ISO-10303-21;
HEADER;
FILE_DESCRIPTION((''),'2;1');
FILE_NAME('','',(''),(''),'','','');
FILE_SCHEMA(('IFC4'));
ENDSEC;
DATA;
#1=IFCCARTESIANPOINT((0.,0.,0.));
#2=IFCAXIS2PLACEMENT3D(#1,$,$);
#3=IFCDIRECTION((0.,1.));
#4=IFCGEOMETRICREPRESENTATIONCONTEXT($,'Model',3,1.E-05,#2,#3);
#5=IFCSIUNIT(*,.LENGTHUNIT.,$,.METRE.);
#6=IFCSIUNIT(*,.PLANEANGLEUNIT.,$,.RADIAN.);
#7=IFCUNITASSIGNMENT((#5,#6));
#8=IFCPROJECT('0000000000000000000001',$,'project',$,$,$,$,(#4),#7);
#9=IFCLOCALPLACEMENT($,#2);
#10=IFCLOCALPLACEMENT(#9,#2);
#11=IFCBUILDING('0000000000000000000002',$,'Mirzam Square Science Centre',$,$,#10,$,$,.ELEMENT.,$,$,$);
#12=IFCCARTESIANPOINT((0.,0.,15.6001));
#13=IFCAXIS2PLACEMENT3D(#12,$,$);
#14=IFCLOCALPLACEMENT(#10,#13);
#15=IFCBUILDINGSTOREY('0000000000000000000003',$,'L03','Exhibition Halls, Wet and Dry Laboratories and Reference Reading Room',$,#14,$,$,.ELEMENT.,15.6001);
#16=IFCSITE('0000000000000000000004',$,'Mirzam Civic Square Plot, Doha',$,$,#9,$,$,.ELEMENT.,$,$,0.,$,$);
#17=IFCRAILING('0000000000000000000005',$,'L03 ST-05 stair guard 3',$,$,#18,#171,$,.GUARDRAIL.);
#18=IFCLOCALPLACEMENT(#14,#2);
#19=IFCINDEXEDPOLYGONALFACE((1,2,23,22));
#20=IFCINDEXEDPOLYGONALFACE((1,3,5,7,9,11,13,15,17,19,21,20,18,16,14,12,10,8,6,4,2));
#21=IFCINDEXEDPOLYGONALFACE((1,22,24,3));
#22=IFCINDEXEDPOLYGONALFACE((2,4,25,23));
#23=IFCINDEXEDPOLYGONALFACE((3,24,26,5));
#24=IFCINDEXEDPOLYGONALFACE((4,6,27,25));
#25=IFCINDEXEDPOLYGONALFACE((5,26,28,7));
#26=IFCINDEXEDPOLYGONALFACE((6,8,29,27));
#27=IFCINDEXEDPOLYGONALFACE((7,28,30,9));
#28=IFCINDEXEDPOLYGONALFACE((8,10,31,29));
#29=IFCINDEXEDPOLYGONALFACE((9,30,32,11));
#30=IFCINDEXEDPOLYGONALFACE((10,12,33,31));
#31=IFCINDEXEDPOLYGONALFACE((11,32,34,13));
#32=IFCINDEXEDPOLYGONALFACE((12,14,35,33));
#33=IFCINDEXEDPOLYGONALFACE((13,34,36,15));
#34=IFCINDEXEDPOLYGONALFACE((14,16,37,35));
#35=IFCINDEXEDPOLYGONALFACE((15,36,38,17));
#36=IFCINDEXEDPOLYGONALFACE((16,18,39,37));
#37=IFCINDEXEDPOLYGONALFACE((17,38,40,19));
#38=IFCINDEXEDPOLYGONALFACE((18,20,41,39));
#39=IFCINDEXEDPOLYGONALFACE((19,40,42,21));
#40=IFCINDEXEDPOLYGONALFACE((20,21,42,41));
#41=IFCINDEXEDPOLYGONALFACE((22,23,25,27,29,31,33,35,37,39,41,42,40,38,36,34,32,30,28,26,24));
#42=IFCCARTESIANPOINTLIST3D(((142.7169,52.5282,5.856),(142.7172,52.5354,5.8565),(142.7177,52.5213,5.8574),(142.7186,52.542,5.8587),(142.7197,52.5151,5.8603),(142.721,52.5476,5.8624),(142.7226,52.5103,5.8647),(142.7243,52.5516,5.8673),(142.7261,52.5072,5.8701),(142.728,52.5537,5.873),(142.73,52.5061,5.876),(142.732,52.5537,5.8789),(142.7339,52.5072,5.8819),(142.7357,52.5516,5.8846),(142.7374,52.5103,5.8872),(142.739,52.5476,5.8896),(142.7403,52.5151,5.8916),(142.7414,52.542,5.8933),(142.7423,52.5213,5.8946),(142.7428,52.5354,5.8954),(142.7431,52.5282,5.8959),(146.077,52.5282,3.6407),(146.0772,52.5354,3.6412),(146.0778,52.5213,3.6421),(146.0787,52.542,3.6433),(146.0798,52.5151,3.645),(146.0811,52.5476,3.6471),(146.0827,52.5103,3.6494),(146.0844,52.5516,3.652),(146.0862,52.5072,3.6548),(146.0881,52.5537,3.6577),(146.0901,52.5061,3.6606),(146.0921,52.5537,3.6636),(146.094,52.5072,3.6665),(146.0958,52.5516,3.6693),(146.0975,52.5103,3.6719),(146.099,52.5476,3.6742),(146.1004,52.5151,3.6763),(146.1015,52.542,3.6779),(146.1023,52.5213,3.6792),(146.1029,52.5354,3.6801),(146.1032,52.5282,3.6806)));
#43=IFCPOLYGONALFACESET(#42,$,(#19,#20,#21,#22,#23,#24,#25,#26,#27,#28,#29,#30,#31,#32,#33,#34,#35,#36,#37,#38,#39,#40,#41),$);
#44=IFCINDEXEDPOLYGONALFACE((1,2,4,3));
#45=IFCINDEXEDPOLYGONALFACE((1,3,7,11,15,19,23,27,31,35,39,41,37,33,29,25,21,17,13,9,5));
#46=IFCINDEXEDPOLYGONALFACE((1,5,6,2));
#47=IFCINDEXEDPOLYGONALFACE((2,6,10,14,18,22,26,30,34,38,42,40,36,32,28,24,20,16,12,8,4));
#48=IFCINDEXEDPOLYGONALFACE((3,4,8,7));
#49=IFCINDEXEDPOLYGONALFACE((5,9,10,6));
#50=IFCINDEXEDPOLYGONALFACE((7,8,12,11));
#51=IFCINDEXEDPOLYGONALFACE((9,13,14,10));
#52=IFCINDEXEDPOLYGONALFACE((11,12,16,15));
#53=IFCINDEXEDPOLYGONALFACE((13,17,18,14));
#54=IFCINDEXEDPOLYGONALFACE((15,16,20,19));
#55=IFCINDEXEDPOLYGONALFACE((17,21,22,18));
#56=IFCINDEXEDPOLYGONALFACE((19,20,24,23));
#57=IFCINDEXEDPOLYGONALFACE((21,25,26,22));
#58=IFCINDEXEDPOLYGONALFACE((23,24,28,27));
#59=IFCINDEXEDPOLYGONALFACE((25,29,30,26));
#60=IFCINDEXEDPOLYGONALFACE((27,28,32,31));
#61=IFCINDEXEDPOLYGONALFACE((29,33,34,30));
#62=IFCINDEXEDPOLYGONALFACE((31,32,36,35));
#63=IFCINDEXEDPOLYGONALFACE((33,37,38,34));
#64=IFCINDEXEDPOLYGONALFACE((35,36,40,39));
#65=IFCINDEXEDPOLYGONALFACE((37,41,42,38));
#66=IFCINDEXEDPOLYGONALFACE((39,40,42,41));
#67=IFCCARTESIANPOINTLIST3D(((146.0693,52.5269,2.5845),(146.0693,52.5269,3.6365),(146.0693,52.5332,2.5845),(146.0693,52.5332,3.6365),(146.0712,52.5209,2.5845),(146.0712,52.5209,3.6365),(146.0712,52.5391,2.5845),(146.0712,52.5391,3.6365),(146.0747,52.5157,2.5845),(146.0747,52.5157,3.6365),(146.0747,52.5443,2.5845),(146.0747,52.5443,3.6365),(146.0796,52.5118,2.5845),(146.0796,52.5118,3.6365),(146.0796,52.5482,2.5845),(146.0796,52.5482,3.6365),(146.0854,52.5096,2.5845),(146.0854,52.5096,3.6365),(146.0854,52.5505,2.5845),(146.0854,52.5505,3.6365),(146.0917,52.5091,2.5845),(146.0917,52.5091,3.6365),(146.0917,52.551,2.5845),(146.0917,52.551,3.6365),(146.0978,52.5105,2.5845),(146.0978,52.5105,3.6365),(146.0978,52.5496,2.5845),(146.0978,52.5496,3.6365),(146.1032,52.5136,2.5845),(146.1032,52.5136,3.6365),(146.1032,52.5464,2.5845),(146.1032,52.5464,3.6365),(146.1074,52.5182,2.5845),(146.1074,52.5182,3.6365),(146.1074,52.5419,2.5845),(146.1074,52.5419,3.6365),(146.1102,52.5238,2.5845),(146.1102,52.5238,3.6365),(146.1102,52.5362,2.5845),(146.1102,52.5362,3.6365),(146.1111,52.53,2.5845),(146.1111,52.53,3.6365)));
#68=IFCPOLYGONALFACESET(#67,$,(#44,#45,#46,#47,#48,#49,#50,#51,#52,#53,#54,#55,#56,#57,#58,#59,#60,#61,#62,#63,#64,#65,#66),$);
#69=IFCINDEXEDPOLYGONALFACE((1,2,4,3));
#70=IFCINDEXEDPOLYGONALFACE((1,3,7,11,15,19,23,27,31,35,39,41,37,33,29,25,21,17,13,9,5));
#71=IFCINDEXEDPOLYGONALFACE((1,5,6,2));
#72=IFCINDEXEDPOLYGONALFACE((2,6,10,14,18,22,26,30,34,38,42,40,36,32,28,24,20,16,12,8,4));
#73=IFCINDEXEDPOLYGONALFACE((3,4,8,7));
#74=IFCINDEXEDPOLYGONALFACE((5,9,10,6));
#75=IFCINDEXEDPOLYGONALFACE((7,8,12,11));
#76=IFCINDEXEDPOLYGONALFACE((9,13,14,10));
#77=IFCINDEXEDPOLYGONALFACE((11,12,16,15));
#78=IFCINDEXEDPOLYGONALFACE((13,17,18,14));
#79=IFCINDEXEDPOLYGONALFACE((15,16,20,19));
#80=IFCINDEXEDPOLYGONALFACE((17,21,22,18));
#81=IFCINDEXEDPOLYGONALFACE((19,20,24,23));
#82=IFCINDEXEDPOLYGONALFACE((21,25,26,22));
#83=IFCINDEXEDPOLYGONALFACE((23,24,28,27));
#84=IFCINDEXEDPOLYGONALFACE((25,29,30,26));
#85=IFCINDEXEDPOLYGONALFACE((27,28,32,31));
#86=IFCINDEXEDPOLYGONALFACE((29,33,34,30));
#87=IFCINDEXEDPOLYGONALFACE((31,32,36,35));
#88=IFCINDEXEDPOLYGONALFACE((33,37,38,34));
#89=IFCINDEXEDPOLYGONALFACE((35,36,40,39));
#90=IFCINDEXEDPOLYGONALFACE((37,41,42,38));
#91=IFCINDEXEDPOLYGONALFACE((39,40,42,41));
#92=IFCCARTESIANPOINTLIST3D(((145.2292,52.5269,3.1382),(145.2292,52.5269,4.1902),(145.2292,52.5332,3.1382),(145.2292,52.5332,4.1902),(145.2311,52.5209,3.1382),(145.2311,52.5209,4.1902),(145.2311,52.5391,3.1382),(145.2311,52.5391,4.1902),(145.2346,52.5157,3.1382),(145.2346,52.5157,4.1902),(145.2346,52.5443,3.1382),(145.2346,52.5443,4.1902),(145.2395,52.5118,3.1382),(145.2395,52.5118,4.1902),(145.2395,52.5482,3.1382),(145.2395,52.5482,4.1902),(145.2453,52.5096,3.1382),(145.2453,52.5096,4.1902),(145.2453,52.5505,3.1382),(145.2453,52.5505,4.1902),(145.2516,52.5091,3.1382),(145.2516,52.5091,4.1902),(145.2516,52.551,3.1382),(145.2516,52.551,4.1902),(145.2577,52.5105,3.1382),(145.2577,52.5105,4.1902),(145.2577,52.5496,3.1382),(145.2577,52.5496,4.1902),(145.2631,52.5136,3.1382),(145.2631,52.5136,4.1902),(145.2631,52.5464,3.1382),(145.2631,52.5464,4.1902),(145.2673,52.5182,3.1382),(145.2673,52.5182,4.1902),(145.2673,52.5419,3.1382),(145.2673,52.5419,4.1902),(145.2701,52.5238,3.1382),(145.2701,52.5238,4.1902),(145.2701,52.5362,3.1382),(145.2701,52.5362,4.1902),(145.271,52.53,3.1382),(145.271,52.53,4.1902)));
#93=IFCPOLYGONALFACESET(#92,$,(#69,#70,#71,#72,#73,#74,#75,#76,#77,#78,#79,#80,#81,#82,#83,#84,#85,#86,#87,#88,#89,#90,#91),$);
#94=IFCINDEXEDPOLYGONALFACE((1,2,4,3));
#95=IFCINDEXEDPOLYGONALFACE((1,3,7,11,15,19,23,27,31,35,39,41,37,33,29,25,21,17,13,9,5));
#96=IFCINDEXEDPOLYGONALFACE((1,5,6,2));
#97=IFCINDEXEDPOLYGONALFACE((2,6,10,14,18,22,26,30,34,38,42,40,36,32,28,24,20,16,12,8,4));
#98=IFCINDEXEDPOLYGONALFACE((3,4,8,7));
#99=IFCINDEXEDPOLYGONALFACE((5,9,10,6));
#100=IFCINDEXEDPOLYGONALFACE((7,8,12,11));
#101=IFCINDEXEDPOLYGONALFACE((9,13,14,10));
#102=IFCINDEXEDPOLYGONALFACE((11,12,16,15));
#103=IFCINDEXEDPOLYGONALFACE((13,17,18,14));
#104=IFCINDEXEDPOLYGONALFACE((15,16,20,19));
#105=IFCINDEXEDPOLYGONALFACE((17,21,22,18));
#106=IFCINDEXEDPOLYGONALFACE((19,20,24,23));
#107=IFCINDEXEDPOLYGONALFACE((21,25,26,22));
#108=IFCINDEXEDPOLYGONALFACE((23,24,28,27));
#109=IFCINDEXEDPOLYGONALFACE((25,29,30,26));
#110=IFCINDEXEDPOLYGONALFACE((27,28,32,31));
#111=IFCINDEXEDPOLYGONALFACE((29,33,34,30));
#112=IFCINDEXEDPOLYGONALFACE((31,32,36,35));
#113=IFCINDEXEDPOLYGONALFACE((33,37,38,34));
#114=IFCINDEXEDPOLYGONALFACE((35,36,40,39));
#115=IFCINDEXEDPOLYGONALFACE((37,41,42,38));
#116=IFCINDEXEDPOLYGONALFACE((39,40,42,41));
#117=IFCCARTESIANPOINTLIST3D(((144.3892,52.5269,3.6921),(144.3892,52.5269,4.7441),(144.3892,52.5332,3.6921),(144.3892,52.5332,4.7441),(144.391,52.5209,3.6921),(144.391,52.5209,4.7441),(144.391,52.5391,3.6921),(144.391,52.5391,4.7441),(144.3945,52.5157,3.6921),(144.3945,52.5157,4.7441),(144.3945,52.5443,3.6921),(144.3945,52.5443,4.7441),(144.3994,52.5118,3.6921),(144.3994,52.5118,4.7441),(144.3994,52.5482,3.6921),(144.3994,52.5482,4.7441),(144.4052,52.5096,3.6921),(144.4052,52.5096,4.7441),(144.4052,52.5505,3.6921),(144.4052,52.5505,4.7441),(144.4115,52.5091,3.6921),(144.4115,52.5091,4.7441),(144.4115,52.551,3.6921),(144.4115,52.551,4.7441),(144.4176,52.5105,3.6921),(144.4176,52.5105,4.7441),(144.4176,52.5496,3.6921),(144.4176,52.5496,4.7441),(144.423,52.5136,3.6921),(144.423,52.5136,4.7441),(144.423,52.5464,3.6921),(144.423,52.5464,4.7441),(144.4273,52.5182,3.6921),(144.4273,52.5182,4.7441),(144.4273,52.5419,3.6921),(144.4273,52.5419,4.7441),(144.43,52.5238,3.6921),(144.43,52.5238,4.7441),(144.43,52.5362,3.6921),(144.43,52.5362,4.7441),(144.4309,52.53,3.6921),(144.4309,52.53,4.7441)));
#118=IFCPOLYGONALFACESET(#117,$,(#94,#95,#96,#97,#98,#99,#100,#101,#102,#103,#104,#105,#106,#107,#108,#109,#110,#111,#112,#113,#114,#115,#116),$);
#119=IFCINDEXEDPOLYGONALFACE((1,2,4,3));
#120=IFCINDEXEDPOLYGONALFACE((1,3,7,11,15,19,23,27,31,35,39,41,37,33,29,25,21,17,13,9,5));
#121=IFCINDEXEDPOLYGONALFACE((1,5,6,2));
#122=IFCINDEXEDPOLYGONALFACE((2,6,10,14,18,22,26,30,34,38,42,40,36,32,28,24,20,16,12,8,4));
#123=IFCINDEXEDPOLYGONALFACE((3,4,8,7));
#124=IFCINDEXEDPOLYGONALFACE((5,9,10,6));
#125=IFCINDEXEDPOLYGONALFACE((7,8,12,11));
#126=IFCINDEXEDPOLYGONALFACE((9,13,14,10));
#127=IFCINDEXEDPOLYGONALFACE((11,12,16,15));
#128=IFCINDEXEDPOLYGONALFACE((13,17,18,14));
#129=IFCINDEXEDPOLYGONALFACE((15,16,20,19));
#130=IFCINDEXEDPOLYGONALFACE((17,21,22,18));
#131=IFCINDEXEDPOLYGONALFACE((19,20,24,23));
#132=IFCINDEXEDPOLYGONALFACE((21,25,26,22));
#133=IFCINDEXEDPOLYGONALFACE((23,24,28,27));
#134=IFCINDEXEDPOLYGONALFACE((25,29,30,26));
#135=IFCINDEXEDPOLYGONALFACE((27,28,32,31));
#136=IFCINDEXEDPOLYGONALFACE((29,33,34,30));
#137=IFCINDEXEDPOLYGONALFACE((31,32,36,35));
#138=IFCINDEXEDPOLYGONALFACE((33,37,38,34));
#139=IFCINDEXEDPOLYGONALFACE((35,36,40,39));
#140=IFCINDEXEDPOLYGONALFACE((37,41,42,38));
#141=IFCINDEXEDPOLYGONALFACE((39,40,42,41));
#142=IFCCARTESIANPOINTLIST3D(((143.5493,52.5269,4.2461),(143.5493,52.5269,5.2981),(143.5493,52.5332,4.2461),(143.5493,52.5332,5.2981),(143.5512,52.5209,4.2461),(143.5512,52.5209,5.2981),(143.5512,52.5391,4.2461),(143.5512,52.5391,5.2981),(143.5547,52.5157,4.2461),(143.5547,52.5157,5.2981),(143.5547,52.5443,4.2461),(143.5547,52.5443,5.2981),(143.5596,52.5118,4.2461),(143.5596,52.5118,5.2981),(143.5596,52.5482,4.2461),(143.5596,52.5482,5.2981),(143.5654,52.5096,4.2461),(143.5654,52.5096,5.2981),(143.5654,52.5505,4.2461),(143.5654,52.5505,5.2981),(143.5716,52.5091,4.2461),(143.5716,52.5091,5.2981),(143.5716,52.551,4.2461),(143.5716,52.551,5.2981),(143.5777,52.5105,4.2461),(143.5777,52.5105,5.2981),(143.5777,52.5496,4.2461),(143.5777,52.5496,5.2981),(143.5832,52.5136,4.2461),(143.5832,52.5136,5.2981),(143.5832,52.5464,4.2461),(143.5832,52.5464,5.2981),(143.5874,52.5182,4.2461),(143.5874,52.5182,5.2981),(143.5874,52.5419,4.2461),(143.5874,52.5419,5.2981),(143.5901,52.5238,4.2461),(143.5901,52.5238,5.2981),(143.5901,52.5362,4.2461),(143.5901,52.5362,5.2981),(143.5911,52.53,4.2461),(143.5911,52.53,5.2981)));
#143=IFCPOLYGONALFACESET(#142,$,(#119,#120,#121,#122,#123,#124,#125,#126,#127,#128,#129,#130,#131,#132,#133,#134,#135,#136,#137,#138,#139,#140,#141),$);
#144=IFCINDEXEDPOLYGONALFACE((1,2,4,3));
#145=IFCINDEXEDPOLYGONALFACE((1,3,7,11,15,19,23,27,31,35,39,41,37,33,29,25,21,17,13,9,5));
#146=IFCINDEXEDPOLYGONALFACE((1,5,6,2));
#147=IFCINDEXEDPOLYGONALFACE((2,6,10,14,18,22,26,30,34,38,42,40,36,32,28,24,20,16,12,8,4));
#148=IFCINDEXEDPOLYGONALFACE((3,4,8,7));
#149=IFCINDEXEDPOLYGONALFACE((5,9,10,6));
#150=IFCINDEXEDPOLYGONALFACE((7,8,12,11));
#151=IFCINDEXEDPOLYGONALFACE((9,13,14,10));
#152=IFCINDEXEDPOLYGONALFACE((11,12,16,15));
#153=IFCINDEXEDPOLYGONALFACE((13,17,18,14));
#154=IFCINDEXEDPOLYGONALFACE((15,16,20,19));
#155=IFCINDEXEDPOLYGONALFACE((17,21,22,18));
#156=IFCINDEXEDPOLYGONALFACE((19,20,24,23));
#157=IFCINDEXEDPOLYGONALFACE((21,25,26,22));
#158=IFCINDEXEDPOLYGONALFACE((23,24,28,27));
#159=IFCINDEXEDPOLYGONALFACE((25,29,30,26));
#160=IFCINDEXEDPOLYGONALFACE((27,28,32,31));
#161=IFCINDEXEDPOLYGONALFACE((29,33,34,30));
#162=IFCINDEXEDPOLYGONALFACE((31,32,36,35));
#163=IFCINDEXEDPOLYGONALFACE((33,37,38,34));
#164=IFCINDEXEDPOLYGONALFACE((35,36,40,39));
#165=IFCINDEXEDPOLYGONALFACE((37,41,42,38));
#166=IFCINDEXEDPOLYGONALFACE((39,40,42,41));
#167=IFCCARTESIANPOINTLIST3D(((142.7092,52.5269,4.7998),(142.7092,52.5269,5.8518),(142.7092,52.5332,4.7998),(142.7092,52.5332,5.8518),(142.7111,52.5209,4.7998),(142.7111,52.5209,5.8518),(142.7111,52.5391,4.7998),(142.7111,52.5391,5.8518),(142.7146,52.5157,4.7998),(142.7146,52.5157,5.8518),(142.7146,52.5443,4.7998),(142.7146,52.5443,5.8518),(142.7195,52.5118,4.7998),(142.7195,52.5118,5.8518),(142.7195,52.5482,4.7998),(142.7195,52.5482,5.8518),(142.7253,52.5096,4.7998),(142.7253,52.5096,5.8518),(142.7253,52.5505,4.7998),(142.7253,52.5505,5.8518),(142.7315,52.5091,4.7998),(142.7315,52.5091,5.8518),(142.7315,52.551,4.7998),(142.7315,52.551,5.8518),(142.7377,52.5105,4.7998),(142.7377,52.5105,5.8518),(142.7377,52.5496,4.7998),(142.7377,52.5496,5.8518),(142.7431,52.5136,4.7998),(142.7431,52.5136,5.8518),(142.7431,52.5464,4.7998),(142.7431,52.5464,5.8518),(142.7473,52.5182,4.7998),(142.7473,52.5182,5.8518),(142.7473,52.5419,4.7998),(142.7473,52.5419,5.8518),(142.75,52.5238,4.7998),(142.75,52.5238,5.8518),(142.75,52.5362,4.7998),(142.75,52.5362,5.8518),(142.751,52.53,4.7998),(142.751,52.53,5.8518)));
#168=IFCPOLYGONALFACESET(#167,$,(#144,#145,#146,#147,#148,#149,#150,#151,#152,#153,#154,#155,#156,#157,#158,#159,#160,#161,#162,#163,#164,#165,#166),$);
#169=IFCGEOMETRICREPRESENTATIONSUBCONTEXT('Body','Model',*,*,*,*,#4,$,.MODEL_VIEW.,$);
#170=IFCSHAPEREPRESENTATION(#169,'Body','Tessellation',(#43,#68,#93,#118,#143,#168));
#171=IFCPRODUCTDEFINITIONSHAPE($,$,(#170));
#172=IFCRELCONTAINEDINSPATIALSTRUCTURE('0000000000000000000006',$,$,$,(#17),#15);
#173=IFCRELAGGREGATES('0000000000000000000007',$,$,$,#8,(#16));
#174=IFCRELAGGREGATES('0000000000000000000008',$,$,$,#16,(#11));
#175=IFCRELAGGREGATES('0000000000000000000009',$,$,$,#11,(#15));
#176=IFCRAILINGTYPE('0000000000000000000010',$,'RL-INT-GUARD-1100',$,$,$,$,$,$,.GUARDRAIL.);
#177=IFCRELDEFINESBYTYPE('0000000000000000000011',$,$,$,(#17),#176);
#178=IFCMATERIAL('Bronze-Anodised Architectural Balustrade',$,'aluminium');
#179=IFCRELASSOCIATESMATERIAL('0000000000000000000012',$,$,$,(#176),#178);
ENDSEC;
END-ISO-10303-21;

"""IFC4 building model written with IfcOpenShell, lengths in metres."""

from ifc_helpers import new_model, si_unit, direction, frame, origin, origin_2d, place, context, subcontext, project, spatial, circle, extrude, material, type_object, element, save


model = new_model("IFC4")

# Units and contexts
model_context = context("Model", 3, precision=1e-05, world=origin(), true_north=direction((0.0, 1.0)))
body_context = subcontext(model_context, "Body", "Model", "MODEL_VIEW")
ifc_project = project(units=[si_unit("LENGTHUNIT", "METRE"), si_unit("PLANEANGLEUNIT", "RADIAN")], contexts=[model_context])

# Site, building, storey
site_placement = place(None, origin())
site = spatial("IfcSite", under=ifc_project, at=site_placement, Name="Mirzam Civic Square Plot, Doha", CompositionType="ELEMENT", RefElevation=0.0)
building_placement = place(site_placement, origin())
building = spatial("IfcBuilding", under=site, at=building_placement, Name="Mirzam Square Science Centre", CompositionType="ELEMENT")
storey_placement = place(building_placement, frame((0.0, 0.0, 15.6001)))
storey = spatial("IfcBuildingStorey", under=building, at=storey_placement, Name="L03", Description="Exhibition Halls, Wet and Dry Laboratories and Reference Reading Room", CompositionType="ELEMENT", Elevation=15.6001)

# Railing
ifc_material_1 = material(Name="Bronze-Anodised Architectural Balustrade", Category="aluminium")
railing_type_1 = type_object("IfcRailingType", Name="RL-INT-GUARD-1100", PredefinedType="GUARDRAIL", material=ifc_material_1)
railing_1_placement = place(storey_placement, frame((146.0901, 52.53, 2.5845)))
element("IfcRailing", 1, at=railing_1_placement, inside=storey, type_object=railing_type_1, Name="L03 ST-05 stair guard 3", PredefinedType="GUARDRAIL", context=body_context, shape_type="SweptSolid", body=[
    extrude(circle(Radius=0.0239, at=origin_2d()), frame((0.0, 0.0, 1.0762), z_axis=(-0.834876, 0.0, 0.550437), x_axis=(0.0, -1.0, 0.0)), (0.0, 0.0, 1.0), 4.0247),
    extrude(circle(Radius=0.021, at=origin_2d()), origin(), (0.0, 0.0, 1.0), 1.052),
    extrude(circle(Radius=0.021, at=origin_2d()), frame((-0.8401, 0.0, 0.5537)), (0.0, 0.0, 1.0), 1.052),
    extrude(circle(Radius=0.021, at=origin_2d()), frame((-1.6802, 0.0, 1.1077)), (0.0, 0.0, 1.0), 1.052),
    extrude(circle(Radius=0.021, at=origin_2d()), frame((-2.52, 0.0, 1.6616)), (0.0, 0.0, 1.0), 1.052),
    extrude(circle(Radius=0.021, at=origin_2d()), frame((-3.3601, 0.0, 2.2153)), (0.0, 0.0, 1.0), 1.052),
])

save(model, "model.ifc")
